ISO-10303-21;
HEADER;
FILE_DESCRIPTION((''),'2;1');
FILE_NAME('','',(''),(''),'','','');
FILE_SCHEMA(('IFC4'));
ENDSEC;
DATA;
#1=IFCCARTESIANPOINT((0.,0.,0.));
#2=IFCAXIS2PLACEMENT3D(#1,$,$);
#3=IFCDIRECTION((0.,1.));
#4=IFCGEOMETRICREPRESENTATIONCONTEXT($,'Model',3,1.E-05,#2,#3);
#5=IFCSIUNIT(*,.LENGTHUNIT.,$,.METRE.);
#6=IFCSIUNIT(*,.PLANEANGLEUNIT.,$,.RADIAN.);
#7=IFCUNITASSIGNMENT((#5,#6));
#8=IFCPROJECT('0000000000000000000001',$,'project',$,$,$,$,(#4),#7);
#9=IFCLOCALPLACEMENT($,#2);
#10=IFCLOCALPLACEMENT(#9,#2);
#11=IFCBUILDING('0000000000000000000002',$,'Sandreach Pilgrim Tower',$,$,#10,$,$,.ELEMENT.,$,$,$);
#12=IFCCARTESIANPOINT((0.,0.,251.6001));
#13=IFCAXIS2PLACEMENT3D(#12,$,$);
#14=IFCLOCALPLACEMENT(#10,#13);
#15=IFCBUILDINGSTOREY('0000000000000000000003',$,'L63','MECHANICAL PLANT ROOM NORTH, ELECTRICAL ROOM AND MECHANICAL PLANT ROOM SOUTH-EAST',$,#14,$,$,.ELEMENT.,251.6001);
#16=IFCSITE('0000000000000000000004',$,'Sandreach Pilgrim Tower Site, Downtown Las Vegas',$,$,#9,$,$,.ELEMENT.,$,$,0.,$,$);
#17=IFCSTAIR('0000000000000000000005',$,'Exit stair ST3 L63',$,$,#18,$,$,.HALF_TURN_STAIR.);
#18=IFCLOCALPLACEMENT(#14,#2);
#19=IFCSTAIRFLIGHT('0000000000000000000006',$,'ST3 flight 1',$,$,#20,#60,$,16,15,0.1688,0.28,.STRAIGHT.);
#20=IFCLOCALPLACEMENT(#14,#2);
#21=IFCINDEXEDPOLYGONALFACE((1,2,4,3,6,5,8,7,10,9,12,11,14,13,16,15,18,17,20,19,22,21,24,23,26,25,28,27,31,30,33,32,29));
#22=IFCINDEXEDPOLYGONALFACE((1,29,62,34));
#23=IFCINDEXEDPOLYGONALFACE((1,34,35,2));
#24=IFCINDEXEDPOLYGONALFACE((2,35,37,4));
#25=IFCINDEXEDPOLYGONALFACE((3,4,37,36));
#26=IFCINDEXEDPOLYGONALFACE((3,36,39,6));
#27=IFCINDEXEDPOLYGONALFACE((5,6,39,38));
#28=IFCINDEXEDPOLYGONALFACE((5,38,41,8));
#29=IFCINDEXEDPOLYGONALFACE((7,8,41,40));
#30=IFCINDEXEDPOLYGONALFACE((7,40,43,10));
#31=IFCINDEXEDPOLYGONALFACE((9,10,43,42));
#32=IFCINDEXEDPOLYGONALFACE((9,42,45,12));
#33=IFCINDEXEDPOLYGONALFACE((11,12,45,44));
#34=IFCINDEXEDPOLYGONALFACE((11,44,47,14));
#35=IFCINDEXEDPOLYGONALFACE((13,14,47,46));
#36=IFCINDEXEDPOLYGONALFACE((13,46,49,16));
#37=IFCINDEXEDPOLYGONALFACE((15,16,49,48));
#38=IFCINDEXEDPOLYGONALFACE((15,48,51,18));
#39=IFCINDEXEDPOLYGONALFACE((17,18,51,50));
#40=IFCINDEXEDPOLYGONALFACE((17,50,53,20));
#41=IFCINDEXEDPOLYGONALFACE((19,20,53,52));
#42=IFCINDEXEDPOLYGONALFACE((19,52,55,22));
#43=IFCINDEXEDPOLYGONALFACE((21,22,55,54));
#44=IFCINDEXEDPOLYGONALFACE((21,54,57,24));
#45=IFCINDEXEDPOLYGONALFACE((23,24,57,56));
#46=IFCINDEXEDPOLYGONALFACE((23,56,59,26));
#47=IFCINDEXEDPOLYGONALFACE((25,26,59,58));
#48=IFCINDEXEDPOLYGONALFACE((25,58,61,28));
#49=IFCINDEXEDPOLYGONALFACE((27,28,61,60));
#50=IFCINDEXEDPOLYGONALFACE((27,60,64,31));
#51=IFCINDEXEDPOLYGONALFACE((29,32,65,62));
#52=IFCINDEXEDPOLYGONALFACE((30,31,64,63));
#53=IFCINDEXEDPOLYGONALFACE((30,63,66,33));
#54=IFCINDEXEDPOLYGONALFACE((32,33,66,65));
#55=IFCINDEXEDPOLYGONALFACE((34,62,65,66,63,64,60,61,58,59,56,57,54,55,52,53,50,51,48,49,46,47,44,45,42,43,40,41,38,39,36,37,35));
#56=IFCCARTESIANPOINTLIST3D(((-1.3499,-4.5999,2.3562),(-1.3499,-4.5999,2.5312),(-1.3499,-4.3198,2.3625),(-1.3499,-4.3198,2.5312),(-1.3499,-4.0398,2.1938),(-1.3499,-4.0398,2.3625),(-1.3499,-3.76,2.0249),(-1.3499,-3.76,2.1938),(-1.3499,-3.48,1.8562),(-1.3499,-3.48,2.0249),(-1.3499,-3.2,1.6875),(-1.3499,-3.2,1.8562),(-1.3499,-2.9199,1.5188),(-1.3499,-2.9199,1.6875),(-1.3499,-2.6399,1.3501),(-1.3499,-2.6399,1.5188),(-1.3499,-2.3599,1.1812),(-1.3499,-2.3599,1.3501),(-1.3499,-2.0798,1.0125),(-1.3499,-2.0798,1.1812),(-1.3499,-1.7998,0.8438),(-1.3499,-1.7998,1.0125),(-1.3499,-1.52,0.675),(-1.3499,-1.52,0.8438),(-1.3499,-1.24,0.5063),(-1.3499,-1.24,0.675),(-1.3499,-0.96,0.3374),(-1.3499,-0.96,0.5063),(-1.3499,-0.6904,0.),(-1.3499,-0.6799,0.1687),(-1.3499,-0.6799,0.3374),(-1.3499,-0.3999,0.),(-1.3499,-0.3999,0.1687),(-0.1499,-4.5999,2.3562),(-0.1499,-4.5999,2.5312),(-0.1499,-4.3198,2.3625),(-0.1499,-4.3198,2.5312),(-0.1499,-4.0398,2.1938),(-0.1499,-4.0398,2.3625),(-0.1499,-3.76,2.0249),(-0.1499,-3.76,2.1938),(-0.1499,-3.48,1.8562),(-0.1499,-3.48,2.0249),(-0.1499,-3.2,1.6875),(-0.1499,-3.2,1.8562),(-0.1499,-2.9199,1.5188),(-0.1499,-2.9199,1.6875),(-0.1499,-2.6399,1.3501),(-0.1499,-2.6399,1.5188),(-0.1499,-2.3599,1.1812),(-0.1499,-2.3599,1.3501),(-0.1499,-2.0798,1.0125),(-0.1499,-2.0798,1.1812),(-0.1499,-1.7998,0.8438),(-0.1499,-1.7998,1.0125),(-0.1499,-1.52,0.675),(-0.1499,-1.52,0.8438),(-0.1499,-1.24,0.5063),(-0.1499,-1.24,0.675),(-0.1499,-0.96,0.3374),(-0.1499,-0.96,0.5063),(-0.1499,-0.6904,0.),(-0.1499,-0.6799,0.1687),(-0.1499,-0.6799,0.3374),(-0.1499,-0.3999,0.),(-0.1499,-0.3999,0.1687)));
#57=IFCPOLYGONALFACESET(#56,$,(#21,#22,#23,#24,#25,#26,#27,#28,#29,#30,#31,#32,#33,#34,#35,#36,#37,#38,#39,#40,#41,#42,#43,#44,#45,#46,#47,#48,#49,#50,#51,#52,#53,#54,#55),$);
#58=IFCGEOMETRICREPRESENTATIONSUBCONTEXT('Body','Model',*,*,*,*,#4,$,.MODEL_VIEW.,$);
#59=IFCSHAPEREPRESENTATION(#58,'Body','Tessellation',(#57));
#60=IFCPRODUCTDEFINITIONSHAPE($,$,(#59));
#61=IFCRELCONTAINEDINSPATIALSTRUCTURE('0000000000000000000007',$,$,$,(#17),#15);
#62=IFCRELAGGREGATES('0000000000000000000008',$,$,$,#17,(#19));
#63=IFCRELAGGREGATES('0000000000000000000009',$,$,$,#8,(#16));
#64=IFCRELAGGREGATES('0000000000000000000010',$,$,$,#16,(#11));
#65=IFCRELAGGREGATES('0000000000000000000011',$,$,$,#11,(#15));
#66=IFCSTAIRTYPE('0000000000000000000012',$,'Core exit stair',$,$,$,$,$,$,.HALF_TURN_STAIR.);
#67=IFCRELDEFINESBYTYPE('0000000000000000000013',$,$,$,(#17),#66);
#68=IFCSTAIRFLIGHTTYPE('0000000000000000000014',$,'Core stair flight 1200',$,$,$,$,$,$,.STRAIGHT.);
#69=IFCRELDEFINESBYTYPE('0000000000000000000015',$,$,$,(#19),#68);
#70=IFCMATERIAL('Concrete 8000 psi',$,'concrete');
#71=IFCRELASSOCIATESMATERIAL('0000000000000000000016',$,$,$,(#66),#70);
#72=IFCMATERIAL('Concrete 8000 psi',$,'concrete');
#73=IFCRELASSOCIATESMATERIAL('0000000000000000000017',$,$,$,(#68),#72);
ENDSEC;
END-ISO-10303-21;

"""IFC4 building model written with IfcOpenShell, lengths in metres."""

from ifc_helpers import new_model, si_unit, direction, frame, origin, place, context, subcontext, project, spatial, polyline, outline, extrude, material, type_object, element, aggregate, save


model = new_model("IFC4")

# Units and contexts
model_context = context("Model", 3, precision=1e-05, world=origin(), true_north=direction((0.0, 1.0)))
body_context = subcontext(model_context, "Body", "Model", "MODEL_VIEW")
ifc_project = project(units=[si_unit("LENGTHUNIT", "METRE"), si_unit("PLANEANGLEUNIT", "RADIAN")], contexts=[model_context])

# Site, building, storey
site_placement = place(None, origin())
site = spatial("IfcSite", under=ifc_project, at=site_placement, Name="Sandreach Pilgrim Tower Site, Downtown Las Vegas", CompositionType="ELEMENT", RefElevation=0.0)
building_placement = place(site_placement, origin())
building = spatial("IfcBuilding", under=site, at=building_placement, Name="Sandreach Pilgrim Tower", CompositionType="ELEMENT")
storey_placement = place(building_placement, frame((0.0, 0.0, 251.6001)))
storey = spatial("IfcBuildingStorey", under=building, at=storey_placement, Name="L63", Description="MECHANICAL PLANT ROOM NORTH, ELECTRICAL ROOM AND MECHANICAL PLANT ROOM SOUTH-EAST", CompositionType="ELEMENT", Elevation=251.6001)

# Shared definitions
ifc_material_1 = material(Name="Concrete 8000 psi", Category="concrete")
stair_type = type_object("IfcStairType", Name="Core exit stair", PredefinedType="HALF_TURN_STAIR", material=ifc_material_1)
ifc_material_2 = material(Name="Concrete 8000 psi", Category="concrete")
stair_flight_type = type_object("IfcStairFlightType", Name="Core stair flight 1200", PredefinedType="STRAIGHT", material=ifc_material_2)

# Stair, stair flight
stair_1_placement = place(storey_placement, origin())
stair_1 = element("IfcStair", 1, at=stair_1_placement, inside=storey, type_object=stair_type, Name="Exit stair ST3 L63", PredefinedType="HALF_TURN_STAIR")
stair_flight_1_placement = place(storey_placement, frame((-0.75, -0.3999, 0.0), z_axis=(0.0, 0.0, 1.0), x_axis=(0.0, -1.0, 0.0)))
stair_flight_1 = element("IfcStairFlight", 2, at=stair_flight_1_placement, type_object=stair_flight_type, Name="ST3 flight 1", NumberOfRisers=16, NumberOfTreads=15, PredefinedType="STRAIGHT", RiserHeight=0.1688, TreadLength=0.28, context=body_context, shape_type="SweptSolid", body=[
    extrude(outline(polyline([(0.0, 0.0), (0.0, 0.1687), (0.28, 0.1687), (0.28, 0.3374), (0.5601, 0.3374), (0.5601, 0.5063), (0.8401, 0.5063), (0.8401, 0.675), (1.1201, 0.675), (1.1201, 0.8438), (1.3999, 0.8438), (1.3999, 1.0125), (1.6799, 1.0125), (1.6799, 1.1812), (1.96, 1.1812), (1.96, 1.3501), (2.24, 1.3501), (2.24, 1.5188), (2.52, 1.5188), (2.52, 1.6875), (2.8, 1.6875), (2.8, 1.8562), (3.0801, 1.8562), (3.0801, 2.0249), (3.3601, 2.0249), (3.3601, 2.1938), (3.6399, 2.1938), (3.6399, 2.3625), (3.9199, 2.3625), (3.9199, 2.5312), (4.2, 2.5312), (4.2, 2.7), (4.2, 2.3562), (0.2905, 0.0), (0.0, 0.0)])), frame((0.0, 0.6001, 0.0), z_axis=(0.0, -1.0, 0.0), x_axis=(1.0, 0.0, 0.0)), (0.0, 0.0, 1.0), 1.2),
])
aggregate(stair_1, [stair_flight_1])

save(model, "model.ifc")
